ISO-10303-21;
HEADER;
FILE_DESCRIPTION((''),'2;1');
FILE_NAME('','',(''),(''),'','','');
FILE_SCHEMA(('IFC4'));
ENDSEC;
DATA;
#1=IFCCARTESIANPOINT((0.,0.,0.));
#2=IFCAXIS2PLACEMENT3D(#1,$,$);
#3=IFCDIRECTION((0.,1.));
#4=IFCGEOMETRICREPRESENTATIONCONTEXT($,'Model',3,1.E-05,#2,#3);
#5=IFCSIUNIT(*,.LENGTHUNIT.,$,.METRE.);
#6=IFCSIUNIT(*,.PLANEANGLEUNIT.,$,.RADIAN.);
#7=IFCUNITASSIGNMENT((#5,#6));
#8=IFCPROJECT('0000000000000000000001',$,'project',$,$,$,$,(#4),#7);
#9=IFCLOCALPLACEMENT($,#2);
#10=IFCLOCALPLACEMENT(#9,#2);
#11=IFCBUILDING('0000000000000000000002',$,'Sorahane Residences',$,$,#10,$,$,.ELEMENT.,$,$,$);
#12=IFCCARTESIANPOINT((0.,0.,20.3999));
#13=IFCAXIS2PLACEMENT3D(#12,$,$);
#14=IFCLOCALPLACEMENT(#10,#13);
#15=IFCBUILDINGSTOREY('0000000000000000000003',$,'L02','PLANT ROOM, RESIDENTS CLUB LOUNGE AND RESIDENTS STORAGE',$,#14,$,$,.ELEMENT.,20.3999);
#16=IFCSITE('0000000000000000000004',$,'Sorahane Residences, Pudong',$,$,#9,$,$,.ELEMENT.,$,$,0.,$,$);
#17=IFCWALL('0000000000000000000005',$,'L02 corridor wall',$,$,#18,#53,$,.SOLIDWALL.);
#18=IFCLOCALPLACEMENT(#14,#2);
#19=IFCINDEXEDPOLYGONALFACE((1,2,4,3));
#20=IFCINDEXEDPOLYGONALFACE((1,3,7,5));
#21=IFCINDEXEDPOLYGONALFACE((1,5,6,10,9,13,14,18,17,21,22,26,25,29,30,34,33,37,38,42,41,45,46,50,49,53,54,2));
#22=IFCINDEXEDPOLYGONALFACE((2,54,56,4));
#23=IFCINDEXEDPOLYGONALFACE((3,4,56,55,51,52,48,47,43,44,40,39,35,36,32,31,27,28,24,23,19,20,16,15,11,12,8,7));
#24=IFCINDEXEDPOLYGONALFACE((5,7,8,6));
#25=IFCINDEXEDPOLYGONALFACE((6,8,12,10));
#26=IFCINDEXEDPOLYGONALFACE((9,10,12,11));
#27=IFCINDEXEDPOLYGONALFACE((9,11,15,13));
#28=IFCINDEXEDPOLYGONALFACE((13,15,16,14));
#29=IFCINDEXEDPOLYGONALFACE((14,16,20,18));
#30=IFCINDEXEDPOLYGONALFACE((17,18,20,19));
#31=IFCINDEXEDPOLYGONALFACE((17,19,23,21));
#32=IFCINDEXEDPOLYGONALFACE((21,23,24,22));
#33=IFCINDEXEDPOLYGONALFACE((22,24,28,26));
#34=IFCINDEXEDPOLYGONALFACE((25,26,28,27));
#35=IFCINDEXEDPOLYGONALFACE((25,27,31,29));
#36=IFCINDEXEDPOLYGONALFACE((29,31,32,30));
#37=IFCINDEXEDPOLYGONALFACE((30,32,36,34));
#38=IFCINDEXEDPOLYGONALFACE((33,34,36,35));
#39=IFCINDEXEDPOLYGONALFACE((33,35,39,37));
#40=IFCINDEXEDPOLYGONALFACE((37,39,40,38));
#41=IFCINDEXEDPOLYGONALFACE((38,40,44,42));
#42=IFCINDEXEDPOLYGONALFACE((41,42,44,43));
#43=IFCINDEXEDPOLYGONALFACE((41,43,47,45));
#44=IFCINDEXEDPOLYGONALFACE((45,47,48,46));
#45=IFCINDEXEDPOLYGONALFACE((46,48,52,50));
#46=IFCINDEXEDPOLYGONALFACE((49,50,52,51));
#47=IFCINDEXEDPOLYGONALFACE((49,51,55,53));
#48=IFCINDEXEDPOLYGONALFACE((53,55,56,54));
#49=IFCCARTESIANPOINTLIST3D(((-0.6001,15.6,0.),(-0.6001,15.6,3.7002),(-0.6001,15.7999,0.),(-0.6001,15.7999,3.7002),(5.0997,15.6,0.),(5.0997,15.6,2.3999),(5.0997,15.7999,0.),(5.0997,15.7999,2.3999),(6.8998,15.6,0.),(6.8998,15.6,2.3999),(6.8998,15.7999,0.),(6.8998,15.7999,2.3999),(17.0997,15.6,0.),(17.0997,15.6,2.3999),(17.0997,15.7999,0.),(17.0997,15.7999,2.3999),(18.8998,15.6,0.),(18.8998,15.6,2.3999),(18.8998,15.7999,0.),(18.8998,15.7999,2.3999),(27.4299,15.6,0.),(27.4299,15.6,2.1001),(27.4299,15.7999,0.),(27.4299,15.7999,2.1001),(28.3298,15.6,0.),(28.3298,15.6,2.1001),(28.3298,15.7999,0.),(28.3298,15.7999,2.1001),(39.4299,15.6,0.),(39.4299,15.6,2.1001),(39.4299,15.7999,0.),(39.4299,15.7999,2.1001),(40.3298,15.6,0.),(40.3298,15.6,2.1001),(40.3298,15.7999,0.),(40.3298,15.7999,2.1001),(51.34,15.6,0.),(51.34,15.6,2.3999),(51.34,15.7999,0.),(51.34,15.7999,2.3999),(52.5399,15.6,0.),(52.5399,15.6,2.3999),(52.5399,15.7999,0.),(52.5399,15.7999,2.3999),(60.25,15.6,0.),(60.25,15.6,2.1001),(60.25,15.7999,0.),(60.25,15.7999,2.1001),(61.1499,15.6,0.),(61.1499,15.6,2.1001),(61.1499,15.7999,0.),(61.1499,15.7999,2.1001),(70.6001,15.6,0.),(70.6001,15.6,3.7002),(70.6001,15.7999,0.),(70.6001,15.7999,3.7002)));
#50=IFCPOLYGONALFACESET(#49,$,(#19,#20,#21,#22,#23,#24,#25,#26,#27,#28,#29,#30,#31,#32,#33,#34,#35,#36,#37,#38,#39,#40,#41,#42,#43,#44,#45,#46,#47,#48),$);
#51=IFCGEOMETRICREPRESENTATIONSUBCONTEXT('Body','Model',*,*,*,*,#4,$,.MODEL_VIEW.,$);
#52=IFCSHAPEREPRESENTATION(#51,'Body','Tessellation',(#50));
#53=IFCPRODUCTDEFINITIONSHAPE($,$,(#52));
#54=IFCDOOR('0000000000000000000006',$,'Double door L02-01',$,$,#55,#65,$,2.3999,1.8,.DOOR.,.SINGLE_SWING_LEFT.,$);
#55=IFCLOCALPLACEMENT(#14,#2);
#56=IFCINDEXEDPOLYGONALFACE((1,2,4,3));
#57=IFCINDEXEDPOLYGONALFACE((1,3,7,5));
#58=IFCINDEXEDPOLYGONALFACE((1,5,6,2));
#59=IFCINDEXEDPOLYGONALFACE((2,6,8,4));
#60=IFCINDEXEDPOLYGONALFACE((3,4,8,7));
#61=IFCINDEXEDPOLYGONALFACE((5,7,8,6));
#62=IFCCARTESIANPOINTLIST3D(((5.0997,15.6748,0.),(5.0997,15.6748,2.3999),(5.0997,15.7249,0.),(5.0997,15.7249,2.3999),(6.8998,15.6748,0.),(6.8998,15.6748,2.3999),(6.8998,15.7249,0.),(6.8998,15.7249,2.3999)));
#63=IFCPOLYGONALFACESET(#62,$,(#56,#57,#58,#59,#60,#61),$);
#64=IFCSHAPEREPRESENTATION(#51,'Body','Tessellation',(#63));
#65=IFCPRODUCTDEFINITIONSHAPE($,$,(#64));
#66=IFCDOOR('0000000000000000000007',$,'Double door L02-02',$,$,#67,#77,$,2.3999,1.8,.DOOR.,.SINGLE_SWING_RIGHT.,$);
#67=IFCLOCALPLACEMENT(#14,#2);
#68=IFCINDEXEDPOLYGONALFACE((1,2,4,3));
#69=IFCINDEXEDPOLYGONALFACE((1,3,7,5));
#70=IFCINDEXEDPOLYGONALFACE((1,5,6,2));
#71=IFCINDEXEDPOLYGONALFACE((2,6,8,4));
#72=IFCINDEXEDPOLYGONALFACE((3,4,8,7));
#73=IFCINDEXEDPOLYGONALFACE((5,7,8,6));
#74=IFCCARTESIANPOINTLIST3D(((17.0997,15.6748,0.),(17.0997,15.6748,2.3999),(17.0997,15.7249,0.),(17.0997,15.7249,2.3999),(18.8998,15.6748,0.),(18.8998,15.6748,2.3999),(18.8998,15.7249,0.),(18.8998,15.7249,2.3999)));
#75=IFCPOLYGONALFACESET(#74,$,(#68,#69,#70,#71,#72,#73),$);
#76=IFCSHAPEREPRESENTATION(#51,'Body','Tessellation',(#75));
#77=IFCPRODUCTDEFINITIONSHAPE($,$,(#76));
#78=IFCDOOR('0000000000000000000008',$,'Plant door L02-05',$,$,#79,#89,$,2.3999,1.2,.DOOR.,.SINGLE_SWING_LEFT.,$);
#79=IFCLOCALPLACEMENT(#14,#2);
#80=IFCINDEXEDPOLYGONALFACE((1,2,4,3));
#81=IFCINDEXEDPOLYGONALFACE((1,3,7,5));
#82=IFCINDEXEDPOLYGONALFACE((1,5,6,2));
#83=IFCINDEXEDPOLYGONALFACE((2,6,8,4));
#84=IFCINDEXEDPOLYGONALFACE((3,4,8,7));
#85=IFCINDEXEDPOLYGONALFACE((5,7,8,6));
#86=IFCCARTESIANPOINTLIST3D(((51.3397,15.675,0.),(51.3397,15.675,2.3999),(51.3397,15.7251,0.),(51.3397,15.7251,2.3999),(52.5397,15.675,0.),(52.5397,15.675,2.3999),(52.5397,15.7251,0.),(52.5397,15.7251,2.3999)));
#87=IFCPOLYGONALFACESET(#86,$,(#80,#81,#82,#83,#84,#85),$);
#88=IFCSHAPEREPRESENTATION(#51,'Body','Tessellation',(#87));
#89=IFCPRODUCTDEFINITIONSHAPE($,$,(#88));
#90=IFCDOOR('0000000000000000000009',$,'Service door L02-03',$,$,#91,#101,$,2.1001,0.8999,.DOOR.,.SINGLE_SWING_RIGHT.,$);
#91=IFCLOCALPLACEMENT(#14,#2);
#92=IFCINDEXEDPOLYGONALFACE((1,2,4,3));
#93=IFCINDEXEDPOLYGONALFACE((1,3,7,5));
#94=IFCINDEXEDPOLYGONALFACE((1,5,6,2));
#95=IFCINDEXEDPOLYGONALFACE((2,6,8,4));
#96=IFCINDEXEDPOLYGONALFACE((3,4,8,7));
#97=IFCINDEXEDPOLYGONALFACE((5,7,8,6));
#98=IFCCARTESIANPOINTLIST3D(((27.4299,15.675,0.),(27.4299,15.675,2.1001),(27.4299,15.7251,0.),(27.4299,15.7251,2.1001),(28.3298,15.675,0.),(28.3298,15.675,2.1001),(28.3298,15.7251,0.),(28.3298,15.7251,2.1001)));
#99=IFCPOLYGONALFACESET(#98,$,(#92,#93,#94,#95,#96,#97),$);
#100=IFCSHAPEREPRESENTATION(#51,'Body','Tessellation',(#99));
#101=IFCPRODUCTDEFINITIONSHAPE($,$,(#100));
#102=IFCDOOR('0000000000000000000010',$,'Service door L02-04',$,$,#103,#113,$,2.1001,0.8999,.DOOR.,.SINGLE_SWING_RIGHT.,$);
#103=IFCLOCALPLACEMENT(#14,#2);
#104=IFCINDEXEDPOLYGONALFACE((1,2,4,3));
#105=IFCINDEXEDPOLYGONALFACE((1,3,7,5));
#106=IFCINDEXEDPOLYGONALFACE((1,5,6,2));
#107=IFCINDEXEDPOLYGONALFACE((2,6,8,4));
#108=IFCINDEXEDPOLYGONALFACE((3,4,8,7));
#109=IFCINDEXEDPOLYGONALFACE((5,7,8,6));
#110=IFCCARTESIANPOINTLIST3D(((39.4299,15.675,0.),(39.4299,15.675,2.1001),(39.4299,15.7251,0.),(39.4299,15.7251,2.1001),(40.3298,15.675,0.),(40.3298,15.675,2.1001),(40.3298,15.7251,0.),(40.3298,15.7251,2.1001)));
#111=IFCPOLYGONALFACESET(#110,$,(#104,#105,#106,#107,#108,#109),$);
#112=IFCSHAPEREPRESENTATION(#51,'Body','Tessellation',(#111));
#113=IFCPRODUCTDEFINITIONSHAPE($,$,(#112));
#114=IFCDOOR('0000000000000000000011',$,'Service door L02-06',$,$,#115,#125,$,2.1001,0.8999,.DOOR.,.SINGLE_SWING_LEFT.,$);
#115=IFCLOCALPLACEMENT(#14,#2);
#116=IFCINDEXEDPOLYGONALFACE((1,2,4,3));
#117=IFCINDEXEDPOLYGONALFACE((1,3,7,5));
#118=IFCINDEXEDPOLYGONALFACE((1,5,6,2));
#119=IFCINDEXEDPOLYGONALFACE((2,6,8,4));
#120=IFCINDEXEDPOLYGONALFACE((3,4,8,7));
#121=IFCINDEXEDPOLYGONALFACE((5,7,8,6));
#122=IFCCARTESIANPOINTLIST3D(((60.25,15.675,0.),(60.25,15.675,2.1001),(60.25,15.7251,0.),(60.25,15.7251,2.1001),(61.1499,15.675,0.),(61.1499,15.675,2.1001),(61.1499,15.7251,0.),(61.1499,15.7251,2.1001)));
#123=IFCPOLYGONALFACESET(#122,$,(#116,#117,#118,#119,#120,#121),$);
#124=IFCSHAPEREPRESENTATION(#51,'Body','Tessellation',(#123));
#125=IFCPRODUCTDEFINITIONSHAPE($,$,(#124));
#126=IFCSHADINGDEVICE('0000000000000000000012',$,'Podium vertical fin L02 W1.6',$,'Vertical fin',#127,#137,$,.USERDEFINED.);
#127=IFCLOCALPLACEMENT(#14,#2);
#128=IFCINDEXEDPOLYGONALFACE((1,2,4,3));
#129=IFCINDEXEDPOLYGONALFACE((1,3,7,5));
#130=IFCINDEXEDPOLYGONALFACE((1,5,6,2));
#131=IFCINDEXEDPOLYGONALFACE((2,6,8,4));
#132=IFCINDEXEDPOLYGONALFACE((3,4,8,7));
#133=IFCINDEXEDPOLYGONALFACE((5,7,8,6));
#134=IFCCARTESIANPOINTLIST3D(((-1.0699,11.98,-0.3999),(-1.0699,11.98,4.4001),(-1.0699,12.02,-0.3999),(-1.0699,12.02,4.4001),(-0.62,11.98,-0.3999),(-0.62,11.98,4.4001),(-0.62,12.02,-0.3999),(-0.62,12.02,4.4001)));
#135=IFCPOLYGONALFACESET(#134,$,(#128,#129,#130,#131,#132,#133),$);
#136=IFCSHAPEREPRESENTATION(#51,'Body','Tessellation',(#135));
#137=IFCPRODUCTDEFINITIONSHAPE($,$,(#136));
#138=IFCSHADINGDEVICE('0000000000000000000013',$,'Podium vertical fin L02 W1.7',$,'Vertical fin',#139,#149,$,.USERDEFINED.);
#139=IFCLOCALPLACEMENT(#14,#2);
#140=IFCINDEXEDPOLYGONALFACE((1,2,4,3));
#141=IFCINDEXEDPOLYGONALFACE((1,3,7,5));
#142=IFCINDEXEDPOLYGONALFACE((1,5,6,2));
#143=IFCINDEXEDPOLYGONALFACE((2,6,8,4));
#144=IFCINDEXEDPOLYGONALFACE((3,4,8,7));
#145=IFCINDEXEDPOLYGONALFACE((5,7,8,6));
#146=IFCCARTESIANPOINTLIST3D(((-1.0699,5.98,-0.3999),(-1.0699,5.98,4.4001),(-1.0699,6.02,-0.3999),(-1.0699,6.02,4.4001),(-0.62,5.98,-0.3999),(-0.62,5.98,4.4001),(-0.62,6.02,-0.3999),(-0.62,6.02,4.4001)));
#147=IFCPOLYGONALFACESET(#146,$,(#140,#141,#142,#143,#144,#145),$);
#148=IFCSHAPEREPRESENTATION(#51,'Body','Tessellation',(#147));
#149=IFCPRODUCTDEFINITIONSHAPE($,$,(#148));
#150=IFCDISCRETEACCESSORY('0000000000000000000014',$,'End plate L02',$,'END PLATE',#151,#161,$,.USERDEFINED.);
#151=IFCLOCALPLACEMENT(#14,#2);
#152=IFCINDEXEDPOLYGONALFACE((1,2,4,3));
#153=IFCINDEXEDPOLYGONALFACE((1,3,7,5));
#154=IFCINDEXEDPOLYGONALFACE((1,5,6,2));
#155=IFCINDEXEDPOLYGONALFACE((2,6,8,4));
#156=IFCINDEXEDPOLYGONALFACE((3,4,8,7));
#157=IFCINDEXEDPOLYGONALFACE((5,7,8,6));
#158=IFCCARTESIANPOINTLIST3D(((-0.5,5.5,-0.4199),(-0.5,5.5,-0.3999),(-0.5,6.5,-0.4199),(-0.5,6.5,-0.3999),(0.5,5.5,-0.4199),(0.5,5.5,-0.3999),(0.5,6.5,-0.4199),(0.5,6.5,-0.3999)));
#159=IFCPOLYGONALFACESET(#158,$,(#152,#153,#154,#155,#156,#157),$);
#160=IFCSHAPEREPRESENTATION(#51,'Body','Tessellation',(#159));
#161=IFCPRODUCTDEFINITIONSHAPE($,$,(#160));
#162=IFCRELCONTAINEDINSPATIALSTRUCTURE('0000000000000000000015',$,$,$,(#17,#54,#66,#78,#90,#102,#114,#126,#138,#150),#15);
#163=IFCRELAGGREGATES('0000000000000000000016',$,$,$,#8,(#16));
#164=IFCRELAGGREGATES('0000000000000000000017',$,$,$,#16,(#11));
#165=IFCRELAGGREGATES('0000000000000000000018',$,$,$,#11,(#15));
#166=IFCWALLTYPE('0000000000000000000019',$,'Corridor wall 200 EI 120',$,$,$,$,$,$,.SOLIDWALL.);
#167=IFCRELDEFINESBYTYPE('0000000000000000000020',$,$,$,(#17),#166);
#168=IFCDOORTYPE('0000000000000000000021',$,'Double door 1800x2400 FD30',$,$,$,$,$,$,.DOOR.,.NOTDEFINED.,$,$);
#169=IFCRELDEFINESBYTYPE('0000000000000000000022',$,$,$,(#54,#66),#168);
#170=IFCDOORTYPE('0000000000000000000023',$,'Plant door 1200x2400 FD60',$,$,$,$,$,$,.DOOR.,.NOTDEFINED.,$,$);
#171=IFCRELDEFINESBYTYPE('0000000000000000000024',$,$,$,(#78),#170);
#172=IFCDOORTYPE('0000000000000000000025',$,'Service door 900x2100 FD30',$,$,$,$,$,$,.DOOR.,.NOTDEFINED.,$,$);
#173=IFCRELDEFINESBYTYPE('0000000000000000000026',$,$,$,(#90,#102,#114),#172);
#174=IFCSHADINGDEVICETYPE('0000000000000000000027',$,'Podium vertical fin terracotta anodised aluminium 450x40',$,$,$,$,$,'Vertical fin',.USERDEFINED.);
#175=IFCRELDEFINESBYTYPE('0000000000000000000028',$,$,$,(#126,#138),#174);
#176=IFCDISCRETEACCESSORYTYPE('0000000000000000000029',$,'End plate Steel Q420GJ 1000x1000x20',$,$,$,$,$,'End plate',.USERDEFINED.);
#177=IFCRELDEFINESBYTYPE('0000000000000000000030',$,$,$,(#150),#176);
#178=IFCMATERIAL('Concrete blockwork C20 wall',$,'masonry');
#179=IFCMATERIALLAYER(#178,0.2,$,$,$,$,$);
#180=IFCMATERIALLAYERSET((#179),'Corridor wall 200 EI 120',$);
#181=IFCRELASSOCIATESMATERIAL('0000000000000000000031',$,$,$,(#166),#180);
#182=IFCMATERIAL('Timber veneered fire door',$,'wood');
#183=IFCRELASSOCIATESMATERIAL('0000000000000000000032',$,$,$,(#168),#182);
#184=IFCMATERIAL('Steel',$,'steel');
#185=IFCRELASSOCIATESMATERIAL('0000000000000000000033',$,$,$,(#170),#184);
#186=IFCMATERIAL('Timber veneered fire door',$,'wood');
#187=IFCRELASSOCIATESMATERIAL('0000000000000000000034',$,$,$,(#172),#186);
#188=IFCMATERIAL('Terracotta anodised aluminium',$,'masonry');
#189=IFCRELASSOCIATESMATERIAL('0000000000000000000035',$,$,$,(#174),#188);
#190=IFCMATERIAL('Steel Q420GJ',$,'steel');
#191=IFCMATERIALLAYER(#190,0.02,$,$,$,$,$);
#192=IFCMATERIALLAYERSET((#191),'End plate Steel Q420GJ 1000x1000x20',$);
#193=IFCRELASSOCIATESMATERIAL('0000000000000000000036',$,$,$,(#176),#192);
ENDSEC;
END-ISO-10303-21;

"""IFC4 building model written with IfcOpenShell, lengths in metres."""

from ifc_helpers import new_model, si_unit, direction, frame, frame_2d, origin, origin_2d, place, context, subcontext, project, spatial, rectangle, extrude, material, layer, layer_set, material_profile, profile_set, type_object, element, fill, save


model = new_model("IFC4")

# Units and contexts
model_context = context("Model", 3, precision=1e-05, world=origin(), true_north=direction((0.0, 1.0)))
body_context = subcontext(model_context, "Body", "Model", "MODEL_VIEW")
ifc_project = project(units=[si_unit("LENGTHUNIT", "METRE"), si_unit("PLANEANGLEUNIT", "RADIAN")], contexts=[model_context])

# Site, building, storey
site_placement = place(None, origin())
site = spatial("IfcSite", under=ifc_project, at=site_placement, Name="Sorahane Residences, Pudong", CompositionType="ELEMENT", RefElevation=0.0)
building_placement = place(site_placement, origin())
building = spatial("IfcBuilding", under=site, at=building_placement, Name="Sorahane Residences", CompositionType="ELEMENT")
storey_placement = place(building_placement, frame((0.0, 0.0, 20.3999)))
storey = spatial("IfcBuildingStorey", under=building, at=storey_placement, Name="L02", Description="PLANT ROOM, RESIDENTS CLUB LOUNGE AND RESIDENTS STORAGE", CompositionType="ELEMENT", Elevation=20.3999)

# Wall, openings, doors
ifc_material_1 = material(Name="Concrete blockwork C20 wall", Category="masonry")
ifc_layer_1 = layer(ifc_material_1, 0.2)
ifc_layer_set_1 = layer_set([ifc_layer_1], Name="Corridor wall 200 EI 120")
wall_type = type_object("IfcWallType", Name="Corridor wall 200 EI 120", PredefinedType="SOLIDWALL", material=ifc_layer_set_1)
wall_placement = place(storey_placement, frame((-0.6001, 15.7, 0.0), z_axis=(0.0, 0.0, 1.0), x_axis=(1.0, 0.0, 0.0)))
wall = element("IfcWall", 1, at=wall_placement, inside=storey, type_object=wall_type, Name="L02 corridor wall", PredefinedType="SOLIDWALL", context=body_context, shape_type="SweptSolid", body=[
    extrude(rectangle(XDim=71.2002, YDim=0.2, at=frame_2d((35.6001, 0.0))), origin(), (0.0, 0.0, 1.0), 3.7002),
])
opening_1_placement = place(wall_placement, frame((5.7, 0.0, 0.0)))
opening_1 = element("IfcOpeningElement", 2, at=opening_1_placement, cuts=wall, PredefinedType="OPENING", context=body_context, shape_type="SweptSolid", body=[
    extrude(rectangle(XDim=1.8, YDim=2.3999, at=frame_2d((0.8999, 1.2))), frame((0.0, 0.1099, 0.0), z_axis=(0.0, -1.0, 0.0), x_axis=(1.0, 0.0, 0.0)), (0.0, 0.0, 1.0), 0.22),
])
opening_2_placement = place(wall_placement, frame((17.7, 0.0, 0.0)))
opening_2 = element("IfcOpeningElement", 3, at=opening_2_placement, cuts=wall, PredefinedType="OPENING", context=body_context, shape_type="SweptSolid", body=[
    extrude(rectangle(XDim=1.8, YDim=2.3999, at=frame_2d((0.8999, 1.2))), frame((0.0, 0.1099, 0.0), z_axis=(0.0, -1.0, 0.0), x_axis=(1.0, 0.0, 0.0)), (0.0, 0.0, 1.0), 0.22),
])
opening_3_placement = place(wall_placement, frame((28.03, 0.0, 0.0)))
opening_3 = element("IfcOpeningElement", 4, at=opening_3_placement, cuts=wall, PredefinedType="OPENING", context=body_context, shape_type="SweptSolid", body=[
    extrude(rectangle(XDim=0.8999, YDim=2.1001, at=frame_2d((0.45, 1.05))), frame((0.0, 0.1099, 0.0), z_axis=(0.0, -1.0, 0.0), x_axis=(1.0, 0.0, 0.0)), (0.0, 0.0, 1.0), 0.22),
])
opening_4_placement = place(wall_placement, frame((40.03, 0.0, 0.0)))
opening_4 = element("IfcOpeningElement", 5, at=opening_4_placement, cuts=wall, PredefinedType="OPENING", context=body_context, shape_type="SweptSolid", body=[
    extrude(rectangle(XDim=0.8999, YDim=2.1001, at=frame_2d((0.45, 1.05))), frame((0.0, 0.1099, 0.0), z_axis=(0.0, -1.0, 0.0), x_axis=(1.0, 0.0, 0.0)), (0.0, 0.0, 1.0), 0.22),
])
opening_5_placement = place(wall_placement, frame((51.9399, 0.0, 0.0)))
opening_5 = element("IfcOpeningElement", 6, at=opening_5_placement, cuts=wall, PredefinedType="OPENING", context=body_context, shape_type="SweptSolid", body=[
    extrude(rectangle(XDim=1.2, YDim=2.3999, at=frame_2d((0.6001, 1.2))), frame((0.0, 0.1099, 0.0), z_axis=(0.0, -1.0, 0.0), x_axis=(1.0, 0.0, 0.0)), (0.0, 0.0, 1.0), 0.22),
])
opening_6_placement = place(wall_placement, frame((60.8501, 0.0, 0.0)))
opening_6 = element("IfcOpeningElement", 7, at=opening_6_placement, cuts=wall, PredefinedType="OPENING", context=body_context, shape_type="SweptSolid", body=[
    extrude(rectangle(XDim=0.8999, YDim=2.1001, at=frame_2d((0.45, 1.05))), frame((0.0, 0.1099, 0.0), z_axis=(0.0, -1.0, 0.0), x_axis=(1.0, 0.0, 0.0)), (0.0, 0.0, 1.0), 0.22),
])
ifc_material_2 = material(Name="Timber veneered fire door", Category="wood")
door_type_1 = type_object("IfcDoorType", Name="Double door 1800x2400 FD30", OperationType="NOTDEFINED", PredefinedType="DOOR", material=ifc_material_2)
door_1_placement = place(opening_1_placement, origin())
door_1 = element("IfcDoor", 8, at=door_1_placement, inside=storey, type_object=door_type_1, Name="Double door L02-01", OperationType="SINGLE_SWING_LEFT", OverallHeight=2.3999, OverallWidth=1.8, PredefinedType="DOOR", context=body_context, shape_type="SweptSolid", body=[
    extrude(rectangle(XDim=1.8, YDim=2.3999, at=frame_2d((0.8999, 1.2))), frame((0.0, 0.0249, 0.0), z_axis=(0.0, -1.0, 0.0), x_axis=(1.0, 0.0, 0.0)), (0.0, 0.0, 1.0), 0.05),
])
fill(opening_1, door_1)
door_2_placement = place(opening_2_placement, origin())
door_2 = element("IfcDoor", 9, at=door_2_placement, inside=storey, type_object=door_type_1, Name="Double door L02-02", OperationType="SINGLE_SWING_RIGHT", OverallHeight=2.3999, OverallWidth=1.8, PredefinedType="DOOR", context=body_context, shape_type="SweptSolid", body=[
    extrude(rectangle(XDim=1.8, YDim=2.3999, at=frame_2d((0.8999, 1.2))), frame((0.0, 0.0249, 0.0), z_axis=(0.0, -1.0, 0.0), x_axis=(1.0, 0.0, 0.0)), (0.0, 0.0, 1.0), 0.05),
])
fill(opening_2, door_2)
ifc_material_3 = material(Name="Steel", Category="steel")
door_type_2 = type_object("IfcDoorType", Name="Plant door 1200x2400 FD60", OperationType="NOTDEFINED", PredefinedType="DOOR", material=ifc_material_3)
door_3_placement = place(opening_5_placement, frame((1.2, 0.0, 0.0), z_axis=(0.0, 0.0, 1.0), x_axis=(-1.0, 0.0, 0.0)))
door_3 = element("IfcDoor", 10, at=door_3_placement, inside=storey, type_object=door_type_2, Name="Plant door L02-05", OperationType="SINGLE_SWING_LEFT", OverallHeight=2.3999, OverallWidth=1.2, PredefinedType="DOOR", context=body_context, shape_type="SweptSolid", body=[
    extrude(rectangle(XDim=1.2, YDim=2.3999, at=frame_2d((0.6001, 1.2))), frame((0.0, 0.0249, 0.0), z_axis=(0.0, -1.0, 0.0), x_axis=(1.0, 0.0, 0.0)), (0.0, 0.0, 1.0), 0.05),
])
fill(opening_5, door_3)
ifc_material_4 = material(Name="Timber veneered fire door", Category="wood")
door_type_3 = type_object("IfcDoorType", Name="Service door 900x2100 FD30", OperationType="NOTDEFINED", PredefinedType="DOOR", material=ifc_material_4)
door_4_placement = place(opening_3_placement, frame((0.8999, 0.0, 0.0), z_axis=(0.0, 0.0, 1.0), x_axis=(-1.0, 0.0, 0.0)))
door_4 = element("IfcDoor", 11, at=door_4_placement, inside=storey, type_object=door_type_3, Name="Service door L02-03", OperationType="SINGLE_SWING_RIGHT", OverallHeight=2.1001, OverallWidth=0.8999, PredefinedType="DOOR", context=body_context, shape_type="SweptSolid", body=[
    extrude(rectangle(XDim=0.8999, YDim=2.1001, at=frame_2d((0.45, 1.05))), frame((0.0, 0.0249, 0.0), z_axis=(0.0, -1.0, 0.0), x_axis=(1.0, 0.0, 0.0)), (0.0, 0.0, 1.0), 0.05),
])
fill(opening_3, door_4)
door_5_placement = place(opening_4_placement, frame((0.8999, 0.0, 0.0), z_axis=(0.0, 0.0, 1.0), x_axis=(-1.0, 0.0, 0.0)))
door_5 = element("IfcDoor", 12, at=door_5_placement, inside=storey, type_object=door_type_3, Name="Service door L02-04", OperationType="SINGLE_SWING_RIGHT", OverallHeight=2.1001, OverallWidth=0.8999, PredefinedType="DOOR", context=body_context, shape_type="SweptSolid", body=[
    extrude(rectangle(XDim=0.8999, YDim=2.1001, at=frame_2d((0.45, 1.05))), frame((0.0, 0.0249, 0.0), z_axis=(0.0, -1.0, 0.0), x_axis=(1.0, 0.0, 0.0)), (0.0, 0.0, 1.0), 0.05),
])
fill(opening_4, door_5)
door_6_placement = place(opening_6_placement, frame((0.8999, 0.0, 0.0), z_axis=(0.0, 0.0, 1.0), x_axis=(-1.0, 0.0, 0.0)))
door_6 = element("IfcDoor", 13, at=door_6_placement, inside=storey, type_object=door_type_3, Name="Service door L02-06", OperationType="SINGLE_SWING_LEFT", OverallHeight=2.1001, OverallWidth=0.8999, PredefinedType="DOOR", context=body_context, shape_type="SweptSolid", body=[
    extrude(rectangle(XDim=0.8999, YDim=2.1001, at=frame_2d((0.45, 1.05))), frame((0.0, 0.0249, 0.0), z_axis=(0.0, -1.0, 0.0), x_axis=(1.0, 0.0, 0.0)), (0.0, 0.0, 1.0), 0.05),
])
fill(opening_6, door_6)

# Shading devices
ifc_material_5 = material(Name="Terracotta anodised aluminium", Category="masonry")
ifc_material_profile_1 = material_profile(ifc_material_5, rectangle(XDim=0.45, YDim=0.04, at=origin_2d()), Name="Podium vertical fin terracotta anodised aluminium 450x40")
ifc_profile_set_1 = profile_set([ifc_material_profile_1], Name="Terracotta anodised aluminium")
shading_device_type = type_object("IfcShadingDeviceType", Name="Podium vertical fin terracotta anodised aluminium 450x40", ElementType="Vertical fin", PredefinedType="USERDEFINED", material=ifc_profile_set_1)
for number, where, z_axis, x_axis, name in (
    (14, (-0.845, 12.0, -0.3999), (0.0, 0.0, 1.0), (-1.0, 0.0, 0.0), "Podium vertical fin L02 W1.6"),
    (15, (-0.845, 6.0, -0.3999), (0.0, 0.0, 1.0), (-1.0, 0.0, 0.0), "Podium vertical fin L02 W1.7"),
):
    element("IfcShadingDevice", number, at=place(storey_placement, frame(where, z_axis=z_axis, x_axis=x_axis)), inside=storey, type_object=shading_device_type, Name=name, ObjectType="Vertical fin", PredefinedType="USERDEFINED", context=body_context, shape_type="SweptSolid", body=[
        extrude(rectangle(XDim=0.45, YDim=0.04, at=origin_2d()), origin(), (0.0, 0.0, 1.0), 4.8),
    ])

# Discrete accessory
ifc_material_6 = material(Name="Steel Q420GJ", Category="steel")
ifc_layer_2 = layer(ifc_material_6, 0.02)
ifc_layer_set_2 = layer_set([ifc_layer_2], Name="End plate Steel Q420GJ 1000x1000x20")
discrete_accessory_type = type_object("IfcDiscreteAccessoryType", Name="End plate Steel Q420GJ 1000x1000x20", ElementType="End plate", PredefinedType="USERDEFINED", material=ifc_layer_set_2)
discrete_accessory_placement = place(storey_placement, frame((0.0, 6.0, -0.4199), z_axis=(0.0, 0.0, 1.0), x_axis=(1.0, 0.0, 0.0)))
element("IfcDiscreteAccessory", 16, at=discrete_accessory_placement, inside=storey, type_object=discrete_accessory_type, Name="End plate L02", ObjectType="END PLATE", PredefinedType="USERDEFINED", context=body_context, shape_type="SweptSolid", body=[
    extrude(rectangle(XDim=1.0, YDim=1.0, at=origin_2d()), origin(), (0.0, 0.0, 1.0), 0.02),
])

save(model, "model.ifc")
